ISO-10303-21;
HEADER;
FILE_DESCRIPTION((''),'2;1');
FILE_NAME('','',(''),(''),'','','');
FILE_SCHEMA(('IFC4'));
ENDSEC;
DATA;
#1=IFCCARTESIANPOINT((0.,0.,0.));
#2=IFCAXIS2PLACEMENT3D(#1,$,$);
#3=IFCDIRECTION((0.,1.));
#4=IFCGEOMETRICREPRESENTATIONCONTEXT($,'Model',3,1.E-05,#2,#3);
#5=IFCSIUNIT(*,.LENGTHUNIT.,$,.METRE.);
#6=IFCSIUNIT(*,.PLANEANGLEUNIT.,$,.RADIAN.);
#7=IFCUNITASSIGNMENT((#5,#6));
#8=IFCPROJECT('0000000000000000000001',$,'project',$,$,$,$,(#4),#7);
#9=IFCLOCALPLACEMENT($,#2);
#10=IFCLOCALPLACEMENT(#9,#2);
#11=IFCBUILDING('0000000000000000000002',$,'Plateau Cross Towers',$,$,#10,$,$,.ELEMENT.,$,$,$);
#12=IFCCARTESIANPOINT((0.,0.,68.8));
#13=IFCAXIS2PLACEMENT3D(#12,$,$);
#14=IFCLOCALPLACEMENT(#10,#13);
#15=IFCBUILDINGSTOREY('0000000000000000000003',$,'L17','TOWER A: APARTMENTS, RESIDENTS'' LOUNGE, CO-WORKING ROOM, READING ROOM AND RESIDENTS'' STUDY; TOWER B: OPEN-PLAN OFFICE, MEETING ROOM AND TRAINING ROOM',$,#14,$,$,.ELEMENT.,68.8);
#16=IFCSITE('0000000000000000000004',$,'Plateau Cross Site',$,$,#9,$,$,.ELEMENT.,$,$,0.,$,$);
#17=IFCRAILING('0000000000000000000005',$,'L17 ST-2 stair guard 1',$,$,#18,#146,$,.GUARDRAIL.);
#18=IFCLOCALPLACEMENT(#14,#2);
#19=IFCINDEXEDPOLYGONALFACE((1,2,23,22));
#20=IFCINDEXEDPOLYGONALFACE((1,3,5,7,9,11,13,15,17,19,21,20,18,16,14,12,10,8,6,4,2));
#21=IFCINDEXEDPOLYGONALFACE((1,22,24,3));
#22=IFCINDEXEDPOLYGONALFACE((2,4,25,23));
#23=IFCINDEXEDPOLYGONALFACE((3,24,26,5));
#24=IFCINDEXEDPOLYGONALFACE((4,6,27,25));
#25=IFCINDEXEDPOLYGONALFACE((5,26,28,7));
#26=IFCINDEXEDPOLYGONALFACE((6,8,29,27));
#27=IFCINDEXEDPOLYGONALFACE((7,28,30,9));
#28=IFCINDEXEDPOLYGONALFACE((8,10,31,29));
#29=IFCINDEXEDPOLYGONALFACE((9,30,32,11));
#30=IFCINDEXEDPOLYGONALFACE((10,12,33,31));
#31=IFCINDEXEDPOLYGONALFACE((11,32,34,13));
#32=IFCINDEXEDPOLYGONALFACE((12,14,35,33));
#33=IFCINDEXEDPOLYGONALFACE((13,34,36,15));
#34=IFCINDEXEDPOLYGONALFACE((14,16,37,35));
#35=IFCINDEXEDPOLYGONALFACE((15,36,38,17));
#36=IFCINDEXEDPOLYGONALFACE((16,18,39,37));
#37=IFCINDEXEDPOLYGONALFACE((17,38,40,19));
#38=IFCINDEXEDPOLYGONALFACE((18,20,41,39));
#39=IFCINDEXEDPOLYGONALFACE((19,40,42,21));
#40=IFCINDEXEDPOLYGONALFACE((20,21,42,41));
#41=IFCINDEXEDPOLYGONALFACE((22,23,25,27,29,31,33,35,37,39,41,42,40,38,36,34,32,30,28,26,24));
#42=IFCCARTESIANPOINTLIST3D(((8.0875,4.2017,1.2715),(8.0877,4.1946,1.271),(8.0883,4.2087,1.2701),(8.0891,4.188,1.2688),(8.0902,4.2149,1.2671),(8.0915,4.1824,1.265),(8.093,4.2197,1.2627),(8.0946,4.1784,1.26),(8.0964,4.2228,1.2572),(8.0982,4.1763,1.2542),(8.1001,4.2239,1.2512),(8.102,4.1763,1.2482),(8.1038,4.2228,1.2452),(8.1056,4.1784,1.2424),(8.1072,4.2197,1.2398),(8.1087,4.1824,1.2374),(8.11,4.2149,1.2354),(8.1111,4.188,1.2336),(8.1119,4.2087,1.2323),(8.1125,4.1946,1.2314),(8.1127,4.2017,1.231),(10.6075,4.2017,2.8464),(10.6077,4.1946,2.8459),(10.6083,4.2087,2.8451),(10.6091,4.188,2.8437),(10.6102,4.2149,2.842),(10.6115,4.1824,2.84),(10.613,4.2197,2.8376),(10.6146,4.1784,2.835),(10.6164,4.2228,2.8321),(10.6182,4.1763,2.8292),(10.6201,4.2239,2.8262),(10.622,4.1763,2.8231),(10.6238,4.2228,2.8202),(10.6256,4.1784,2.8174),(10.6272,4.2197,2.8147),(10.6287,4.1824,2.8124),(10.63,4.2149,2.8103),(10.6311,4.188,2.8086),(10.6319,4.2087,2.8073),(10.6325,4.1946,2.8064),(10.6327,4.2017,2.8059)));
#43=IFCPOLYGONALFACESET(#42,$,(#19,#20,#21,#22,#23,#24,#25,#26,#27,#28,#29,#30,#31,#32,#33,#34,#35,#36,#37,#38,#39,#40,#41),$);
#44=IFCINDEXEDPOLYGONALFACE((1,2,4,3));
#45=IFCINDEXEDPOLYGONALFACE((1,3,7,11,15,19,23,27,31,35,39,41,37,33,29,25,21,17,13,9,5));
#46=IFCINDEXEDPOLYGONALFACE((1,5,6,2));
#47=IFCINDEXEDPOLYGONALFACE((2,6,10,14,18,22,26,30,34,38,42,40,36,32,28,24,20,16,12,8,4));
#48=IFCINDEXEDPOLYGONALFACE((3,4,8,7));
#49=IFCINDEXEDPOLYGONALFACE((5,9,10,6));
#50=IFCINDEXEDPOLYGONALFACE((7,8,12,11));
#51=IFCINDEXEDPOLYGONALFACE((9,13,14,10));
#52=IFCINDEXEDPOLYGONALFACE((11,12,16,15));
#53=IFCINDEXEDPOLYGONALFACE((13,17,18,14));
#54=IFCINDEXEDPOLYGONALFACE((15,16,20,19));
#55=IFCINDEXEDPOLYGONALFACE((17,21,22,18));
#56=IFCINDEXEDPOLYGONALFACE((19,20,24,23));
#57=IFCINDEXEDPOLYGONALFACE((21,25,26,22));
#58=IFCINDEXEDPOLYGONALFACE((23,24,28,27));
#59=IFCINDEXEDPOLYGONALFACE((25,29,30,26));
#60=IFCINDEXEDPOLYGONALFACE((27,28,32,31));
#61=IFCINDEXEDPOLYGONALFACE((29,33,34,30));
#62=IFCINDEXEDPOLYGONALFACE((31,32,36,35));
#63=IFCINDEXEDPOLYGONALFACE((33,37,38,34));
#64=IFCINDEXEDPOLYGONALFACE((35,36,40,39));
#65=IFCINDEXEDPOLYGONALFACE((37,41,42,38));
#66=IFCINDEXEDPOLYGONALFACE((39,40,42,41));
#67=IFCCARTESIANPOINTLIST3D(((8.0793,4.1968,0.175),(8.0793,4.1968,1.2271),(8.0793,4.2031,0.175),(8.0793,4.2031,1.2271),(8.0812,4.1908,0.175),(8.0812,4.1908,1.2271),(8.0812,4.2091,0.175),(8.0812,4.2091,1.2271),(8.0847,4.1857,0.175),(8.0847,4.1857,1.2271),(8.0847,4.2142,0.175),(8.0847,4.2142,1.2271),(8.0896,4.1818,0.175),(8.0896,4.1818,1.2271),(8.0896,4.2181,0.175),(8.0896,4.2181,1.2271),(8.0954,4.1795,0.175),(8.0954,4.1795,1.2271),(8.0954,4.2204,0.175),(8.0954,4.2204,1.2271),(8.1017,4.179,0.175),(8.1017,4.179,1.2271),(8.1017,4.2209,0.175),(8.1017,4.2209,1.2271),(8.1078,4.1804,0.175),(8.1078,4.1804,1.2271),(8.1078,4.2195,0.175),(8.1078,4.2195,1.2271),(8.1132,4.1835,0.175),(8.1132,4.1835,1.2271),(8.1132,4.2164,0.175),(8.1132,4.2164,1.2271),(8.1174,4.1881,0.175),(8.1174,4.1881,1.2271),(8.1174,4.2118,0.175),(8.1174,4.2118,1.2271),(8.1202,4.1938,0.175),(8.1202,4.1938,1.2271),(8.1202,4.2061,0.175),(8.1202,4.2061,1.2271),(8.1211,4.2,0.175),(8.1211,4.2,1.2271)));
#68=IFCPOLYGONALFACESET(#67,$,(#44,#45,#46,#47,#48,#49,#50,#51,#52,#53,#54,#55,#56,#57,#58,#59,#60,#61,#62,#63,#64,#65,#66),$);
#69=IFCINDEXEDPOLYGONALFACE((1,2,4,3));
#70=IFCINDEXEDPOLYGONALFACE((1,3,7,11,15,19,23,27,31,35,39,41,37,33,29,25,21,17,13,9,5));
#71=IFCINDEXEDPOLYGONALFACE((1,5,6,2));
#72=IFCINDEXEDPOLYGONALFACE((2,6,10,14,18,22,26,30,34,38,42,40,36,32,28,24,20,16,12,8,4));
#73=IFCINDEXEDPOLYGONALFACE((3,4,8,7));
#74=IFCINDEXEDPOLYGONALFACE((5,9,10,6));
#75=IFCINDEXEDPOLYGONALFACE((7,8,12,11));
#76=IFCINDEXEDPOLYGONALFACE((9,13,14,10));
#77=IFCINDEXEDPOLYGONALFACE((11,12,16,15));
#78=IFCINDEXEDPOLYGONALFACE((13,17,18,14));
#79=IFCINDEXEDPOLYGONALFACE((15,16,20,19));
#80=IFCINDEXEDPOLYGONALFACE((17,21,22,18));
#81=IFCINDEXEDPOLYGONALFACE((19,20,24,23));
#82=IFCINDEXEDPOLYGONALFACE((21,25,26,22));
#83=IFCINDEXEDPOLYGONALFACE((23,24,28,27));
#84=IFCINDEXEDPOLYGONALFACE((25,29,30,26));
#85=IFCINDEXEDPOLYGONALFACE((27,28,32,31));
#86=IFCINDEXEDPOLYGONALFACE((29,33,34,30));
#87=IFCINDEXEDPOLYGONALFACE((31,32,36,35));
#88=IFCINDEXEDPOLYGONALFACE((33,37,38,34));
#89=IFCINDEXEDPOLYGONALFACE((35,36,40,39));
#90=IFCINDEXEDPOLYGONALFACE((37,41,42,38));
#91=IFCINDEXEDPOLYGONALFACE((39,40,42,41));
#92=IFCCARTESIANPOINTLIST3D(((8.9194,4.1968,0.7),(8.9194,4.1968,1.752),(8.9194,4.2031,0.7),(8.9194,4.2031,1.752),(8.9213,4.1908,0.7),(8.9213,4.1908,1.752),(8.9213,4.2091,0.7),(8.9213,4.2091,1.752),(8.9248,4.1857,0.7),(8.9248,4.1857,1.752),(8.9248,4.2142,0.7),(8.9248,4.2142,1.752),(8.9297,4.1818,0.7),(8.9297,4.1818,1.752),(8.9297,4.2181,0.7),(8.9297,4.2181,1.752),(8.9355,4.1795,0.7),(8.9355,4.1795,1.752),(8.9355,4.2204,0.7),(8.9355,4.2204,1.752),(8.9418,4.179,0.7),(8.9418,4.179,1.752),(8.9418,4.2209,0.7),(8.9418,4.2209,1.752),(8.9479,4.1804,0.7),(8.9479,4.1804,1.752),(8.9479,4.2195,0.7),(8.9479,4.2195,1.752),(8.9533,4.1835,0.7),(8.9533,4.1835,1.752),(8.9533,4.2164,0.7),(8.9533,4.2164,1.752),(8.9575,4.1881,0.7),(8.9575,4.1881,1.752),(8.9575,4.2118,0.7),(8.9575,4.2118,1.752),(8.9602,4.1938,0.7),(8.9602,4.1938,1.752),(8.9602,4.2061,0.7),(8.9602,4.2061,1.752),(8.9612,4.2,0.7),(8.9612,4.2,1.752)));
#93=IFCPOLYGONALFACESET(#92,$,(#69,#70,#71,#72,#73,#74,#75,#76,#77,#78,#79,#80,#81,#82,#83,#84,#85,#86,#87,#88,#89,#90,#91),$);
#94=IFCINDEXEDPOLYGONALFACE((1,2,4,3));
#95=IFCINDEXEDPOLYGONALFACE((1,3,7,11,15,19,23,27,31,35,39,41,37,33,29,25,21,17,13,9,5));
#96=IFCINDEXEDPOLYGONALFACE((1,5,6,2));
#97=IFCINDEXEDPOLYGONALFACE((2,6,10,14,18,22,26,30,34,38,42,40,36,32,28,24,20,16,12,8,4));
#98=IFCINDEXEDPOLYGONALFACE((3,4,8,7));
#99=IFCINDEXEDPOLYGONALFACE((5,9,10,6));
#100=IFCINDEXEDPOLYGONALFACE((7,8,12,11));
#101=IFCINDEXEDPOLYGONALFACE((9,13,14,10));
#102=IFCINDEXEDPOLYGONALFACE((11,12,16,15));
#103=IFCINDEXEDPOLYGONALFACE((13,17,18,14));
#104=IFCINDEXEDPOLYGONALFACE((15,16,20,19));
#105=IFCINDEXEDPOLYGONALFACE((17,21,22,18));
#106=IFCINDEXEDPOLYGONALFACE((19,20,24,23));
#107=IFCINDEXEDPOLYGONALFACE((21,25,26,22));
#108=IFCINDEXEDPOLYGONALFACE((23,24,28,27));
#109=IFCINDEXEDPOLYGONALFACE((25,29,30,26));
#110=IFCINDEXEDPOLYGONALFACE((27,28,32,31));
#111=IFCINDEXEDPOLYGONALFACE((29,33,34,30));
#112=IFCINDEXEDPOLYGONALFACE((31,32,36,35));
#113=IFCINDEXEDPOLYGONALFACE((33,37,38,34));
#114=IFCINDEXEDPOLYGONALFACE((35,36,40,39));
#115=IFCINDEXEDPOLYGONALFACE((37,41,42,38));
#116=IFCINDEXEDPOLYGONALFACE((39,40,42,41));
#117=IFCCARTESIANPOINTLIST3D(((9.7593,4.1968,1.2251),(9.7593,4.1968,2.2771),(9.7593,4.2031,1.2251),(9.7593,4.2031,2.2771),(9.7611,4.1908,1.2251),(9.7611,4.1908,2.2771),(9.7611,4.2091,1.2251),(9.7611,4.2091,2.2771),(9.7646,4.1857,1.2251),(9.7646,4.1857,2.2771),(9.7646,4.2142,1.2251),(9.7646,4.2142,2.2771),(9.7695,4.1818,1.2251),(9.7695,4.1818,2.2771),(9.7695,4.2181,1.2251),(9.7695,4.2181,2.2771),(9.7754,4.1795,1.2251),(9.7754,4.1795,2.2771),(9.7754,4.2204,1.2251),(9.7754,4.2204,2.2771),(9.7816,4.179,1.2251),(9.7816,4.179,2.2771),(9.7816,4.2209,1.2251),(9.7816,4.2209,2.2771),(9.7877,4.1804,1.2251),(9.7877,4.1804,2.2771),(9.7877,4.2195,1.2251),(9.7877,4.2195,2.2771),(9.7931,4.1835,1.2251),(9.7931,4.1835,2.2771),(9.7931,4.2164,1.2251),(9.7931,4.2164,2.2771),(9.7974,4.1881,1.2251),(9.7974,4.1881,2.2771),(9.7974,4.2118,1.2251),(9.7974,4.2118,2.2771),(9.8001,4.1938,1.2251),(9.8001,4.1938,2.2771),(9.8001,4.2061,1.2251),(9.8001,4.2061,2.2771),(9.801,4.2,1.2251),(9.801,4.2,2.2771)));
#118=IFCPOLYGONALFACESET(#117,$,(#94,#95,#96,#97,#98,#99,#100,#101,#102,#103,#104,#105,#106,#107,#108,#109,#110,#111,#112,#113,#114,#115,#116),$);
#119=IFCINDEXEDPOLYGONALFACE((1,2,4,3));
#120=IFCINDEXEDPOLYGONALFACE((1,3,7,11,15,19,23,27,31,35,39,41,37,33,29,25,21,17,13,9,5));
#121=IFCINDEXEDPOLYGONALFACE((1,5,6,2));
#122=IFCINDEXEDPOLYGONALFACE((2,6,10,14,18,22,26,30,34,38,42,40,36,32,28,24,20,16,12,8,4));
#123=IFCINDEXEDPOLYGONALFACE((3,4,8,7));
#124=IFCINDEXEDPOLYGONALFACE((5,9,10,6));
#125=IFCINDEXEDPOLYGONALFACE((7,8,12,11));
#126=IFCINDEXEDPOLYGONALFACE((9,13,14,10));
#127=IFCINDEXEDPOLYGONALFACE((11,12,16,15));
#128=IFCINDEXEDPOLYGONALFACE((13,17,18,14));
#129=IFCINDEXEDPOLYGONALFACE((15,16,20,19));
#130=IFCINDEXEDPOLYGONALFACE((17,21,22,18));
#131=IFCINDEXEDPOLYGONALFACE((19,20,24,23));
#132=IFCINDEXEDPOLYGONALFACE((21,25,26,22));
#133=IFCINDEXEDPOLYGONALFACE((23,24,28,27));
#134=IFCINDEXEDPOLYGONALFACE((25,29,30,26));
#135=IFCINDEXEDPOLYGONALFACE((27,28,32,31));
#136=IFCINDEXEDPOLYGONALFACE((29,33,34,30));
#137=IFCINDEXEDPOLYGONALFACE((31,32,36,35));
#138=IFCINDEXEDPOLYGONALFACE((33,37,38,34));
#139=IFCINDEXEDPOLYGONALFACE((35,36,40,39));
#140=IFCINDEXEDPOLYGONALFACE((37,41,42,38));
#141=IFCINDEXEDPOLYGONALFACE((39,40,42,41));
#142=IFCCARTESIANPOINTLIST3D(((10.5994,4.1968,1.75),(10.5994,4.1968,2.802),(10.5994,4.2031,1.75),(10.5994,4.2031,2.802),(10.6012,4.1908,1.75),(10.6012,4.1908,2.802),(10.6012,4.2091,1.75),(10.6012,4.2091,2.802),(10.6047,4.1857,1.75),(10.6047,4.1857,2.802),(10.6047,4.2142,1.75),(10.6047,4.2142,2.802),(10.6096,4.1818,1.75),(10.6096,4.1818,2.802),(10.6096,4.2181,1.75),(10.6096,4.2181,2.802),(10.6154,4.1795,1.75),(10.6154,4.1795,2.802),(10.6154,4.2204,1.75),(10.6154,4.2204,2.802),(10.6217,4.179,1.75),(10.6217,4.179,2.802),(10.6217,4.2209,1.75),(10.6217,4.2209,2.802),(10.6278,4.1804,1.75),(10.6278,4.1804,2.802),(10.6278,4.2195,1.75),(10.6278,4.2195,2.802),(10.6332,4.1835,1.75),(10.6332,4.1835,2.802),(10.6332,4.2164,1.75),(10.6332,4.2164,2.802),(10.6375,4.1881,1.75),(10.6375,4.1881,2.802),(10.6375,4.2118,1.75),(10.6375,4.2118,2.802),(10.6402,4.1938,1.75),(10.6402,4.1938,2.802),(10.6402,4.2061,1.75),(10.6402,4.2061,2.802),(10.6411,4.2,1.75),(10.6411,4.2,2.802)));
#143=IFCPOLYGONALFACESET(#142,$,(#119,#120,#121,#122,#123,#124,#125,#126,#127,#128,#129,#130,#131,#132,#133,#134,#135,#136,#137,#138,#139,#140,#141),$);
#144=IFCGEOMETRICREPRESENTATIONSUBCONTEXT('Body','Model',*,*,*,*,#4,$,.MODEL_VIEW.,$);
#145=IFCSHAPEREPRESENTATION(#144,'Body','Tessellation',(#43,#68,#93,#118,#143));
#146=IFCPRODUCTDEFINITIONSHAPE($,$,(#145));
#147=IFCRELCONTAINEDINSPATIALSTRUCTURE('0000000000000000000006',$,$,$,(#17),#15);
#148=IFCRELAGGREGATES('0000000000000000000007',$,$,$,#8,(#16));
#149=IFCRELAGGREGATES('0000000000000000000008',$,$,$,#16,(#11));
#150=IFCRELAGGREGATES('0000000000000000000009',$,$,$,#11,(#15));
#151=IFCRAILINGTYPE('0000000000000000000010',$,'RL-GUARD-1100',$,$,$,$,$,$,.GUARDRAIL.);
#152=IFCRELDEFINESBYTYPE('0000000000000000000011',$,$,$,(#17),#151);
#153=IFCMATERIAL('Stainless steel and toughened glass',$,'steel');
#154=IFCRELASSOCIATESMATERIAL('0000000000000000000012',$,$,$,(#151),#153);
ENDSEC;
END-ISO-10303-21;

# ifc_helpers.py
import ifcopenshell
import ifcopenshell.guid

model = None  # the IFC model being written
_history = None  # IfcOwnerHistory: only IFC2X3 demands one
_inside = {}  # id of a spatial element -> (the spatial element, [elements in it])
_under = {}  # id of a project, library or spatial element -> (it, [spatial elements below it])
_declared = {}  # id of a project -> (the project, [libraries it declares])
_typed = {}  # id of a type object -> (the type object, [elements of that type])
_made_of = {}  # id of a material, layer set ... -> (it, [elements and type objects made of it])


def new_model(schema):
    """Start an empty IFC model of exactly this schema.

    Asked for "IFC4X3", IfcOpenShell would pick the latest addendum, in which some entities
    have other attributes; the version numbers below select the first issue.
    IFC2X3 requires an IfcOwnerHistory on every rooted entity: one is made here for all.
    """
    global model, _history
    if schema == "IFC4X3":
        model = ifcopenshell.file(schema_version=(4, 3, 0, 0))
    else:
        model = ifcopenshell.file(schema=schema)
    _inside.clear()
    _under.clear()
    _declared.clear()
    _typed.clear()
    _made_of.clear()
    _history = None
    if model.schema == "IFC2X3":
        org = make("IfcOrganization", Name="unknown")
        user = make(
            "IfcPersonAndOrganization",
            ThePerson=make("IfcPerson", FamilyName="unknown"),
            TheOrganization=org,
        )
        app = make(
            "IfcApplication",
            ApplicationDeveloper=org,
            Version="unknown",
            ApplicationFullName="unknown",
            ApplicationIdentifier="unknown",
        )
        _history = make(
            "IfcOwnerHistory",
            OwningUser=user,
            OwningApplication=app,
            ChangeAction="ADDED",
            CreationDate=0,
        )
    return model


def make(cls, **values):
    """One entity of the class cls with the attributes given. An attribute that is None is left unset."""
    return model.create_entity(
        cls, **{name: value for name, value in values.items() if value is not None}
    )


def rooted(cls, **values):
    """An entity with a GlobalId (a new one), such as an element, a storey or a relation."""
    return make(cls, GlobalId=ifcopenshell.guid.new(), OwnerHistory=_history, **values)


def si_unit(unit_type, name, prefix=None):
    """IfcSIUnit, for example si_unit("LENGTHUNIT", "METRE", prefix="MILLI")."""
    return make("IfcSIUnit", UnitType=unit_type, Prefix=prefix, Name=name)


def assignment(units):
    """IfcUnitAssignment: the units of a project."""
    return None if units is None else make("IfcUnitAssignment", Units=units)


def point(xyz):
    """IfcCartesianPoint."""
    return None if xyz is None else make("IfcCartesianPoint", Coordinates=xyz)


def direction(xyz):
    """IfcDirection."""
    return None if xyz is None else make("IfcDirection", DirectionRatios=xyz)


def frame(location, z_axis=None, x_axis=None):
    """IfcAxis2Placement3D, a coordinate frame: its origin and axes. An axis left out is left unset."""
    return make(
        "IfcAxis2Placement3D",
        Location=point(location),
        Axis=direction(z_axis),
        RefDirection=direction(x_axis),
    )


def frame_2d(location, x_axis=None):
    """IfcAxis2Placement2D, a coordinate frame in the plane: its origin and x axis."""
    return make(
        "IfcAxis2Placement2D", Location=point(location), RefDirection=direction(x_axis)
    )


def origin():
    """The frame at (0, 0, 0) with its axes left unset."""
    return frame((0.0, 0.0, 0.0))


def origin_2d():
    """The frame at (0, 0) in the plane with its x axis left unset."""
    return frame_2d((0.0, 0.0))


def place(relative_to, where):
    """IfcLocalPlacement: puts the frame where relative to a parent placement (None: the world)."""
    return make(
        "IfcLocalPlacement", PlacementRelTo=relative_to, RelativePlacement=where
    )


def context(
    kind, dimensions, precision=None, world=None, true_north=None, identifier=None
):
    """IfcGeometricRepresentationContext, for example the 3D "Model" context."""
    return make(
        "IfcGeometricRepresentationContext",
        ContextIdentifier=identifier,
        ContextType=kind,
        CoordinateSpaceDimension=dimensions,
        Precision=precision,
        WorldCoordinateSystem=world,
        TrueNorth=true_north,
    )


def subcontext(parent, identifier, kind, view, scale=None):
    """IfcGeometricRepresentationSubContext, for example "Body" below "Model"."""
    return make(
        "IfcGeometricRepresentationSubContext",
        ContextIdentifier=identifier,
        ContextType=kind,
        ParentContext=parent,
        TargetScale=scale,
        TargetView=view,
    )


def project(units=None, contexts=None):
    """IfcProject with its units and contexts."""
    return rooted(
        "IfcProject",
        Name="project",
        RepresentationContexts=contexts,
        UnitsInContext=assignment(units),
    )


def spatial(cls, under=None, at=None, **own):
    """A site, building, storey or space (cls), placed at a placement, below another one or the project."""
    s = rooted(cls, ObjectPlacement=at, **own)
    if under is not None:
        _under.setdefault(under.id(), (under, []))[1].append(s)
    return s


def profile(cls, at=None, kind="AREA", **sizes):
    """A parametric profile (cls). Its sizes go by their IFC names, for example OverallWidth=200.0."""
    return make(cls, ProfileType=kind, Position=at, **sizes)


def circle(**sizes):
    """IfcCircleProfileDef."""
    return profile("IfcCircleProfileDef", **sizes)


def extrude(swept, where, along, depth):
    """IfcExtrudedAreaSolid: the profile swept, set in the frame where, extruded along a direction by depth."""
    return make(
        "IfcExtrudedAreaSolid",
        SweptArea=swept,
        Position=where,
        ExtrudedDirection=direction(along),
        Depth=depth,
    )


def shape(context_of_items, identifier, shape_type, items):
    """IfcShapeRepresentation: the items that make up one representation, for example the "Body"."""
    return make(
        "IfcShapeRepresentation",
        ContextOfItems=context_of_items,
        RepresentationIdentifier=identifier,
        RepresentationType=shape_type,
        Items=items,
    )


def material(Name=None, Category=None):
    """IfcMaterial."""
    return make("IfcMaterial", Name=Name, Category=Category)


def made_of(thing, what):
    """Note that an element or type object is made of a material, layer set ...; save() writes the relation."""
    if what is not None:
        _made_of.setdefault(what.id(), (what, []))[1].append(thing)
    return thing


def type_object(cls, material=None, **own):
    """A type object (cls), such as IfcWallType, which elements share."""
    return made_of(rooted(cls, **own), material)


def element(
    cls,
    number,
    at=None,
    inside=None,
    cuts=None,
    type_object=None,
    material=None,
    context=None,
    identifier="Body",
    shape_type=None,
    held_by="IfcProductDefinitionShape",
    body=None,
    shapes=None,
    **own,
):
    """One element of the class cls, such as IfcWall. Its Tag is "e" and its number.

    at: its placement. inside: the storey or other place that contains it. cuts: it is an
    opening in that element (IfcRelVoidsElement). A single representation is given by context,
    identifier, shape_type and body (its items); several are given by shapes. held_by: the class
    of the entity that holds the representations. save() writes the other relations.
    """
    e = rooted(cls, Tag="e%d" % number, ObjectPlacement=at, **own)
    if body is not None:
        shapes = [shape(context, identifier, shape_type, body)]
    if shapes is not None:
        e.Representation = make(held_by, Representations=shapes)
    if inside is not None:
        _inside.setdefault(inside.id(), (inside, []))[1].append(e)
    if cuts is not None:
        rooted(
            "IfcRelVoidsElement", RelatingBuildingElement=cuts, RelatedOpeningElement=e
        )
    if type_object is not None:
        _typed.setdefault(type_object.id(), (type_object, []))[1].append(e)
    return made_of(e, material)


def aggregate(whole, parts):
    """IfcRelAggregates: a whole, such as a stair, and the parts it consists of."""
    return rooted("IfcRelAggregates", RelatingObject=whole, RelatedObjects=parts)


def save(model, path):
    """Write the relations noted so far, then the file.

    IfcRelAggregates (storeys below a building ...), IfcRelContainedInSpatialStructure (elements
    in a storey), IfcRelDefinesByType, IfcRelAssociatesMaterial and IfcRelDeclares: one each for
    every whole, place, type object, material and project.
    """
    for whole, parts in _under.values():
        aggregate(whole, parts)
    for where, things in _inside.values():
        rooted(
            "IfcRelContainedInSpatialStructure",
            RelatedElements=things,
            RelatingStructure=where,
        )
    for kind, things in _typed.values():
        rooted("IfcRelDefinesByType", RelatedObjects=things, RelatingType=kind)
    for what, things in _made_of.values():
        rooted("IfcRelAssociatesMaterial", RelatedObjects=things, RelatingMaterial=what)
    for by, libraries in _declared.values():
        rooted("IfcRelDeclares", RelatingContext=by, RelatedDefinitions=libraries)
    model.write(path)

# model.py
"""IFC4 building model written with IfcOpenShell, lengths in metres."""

from ifc_helpers import new_model, si_unit, direction, frame, origin, origin_2d, place, context, subcontext, project, spatial, circle, extrude, material, type_object, element, save


model = new_model("IFC4")

# Units and contexts
model_context = context("Model", 3, precision=1e-05, world=origin(), true_north=direction((0.0, 1.0)))
body_context = subcontext(model_context, "Body", "Model", "MODEL_VIEW")
ifc_project = project(units=[si_unit("LENGTHUNIT", "METRE"), si_unit("PLANEANGLEUNIT", "RADIAN")], contexts=[model_context])

# Site, building, storey
site_placement = place(None, origin())
site = spatial("IfcSite", under=ifc_project, at=site_placement, Name="Plateau Cross Site", CompositionType="ELEMENT", RefElevation=0.0)
building_placement = place(site_placement, origin())
building = spatial("IfcBuilding", under=site, at=building_placement, Name="Plateau Cross Towers", CompositionType="ELEMENT")
storey_placement = place(building_placement, frame((0.0, 0.0, 68.8)))
storey = spatial("IfcBuildingStorey", under=building, at=storey_placement, Name="L17", Description="TOWER A: APARTMENTS, RESIDENTS' LOUNGE, CO-WORKING ROOM, READING ROOM AND RESIDENTS' STUDY; TOWER B: OPEN-PLAN OFFICE, MEETING ROOM AND TRAINING ROOM", CompositionType="ELEMENT", Elevation=68.8)

# Railing
ifc_material_1 = material(Name="Stainless steel and toughened glass", Category="steel")
railing_type_1 = type_object("IfcRailingType", Name="RL-GUARD-1100", PredefinedType="GUARDRAIL", material=ifc_material_1)
railing_1_placement = place(storey_placement, frame((8.1001, 4.2, 0.175)))
element("IfcRailing", 1, at=railing_1_placement, inside=storey, type_object=railing_type_1, Name="L17 ST-2 stair guard 1", PredefinedType="GUARDRAIL", context=body_context, shape_type="SweptSolid", body=[
    extrude(circle(Radius=0.0239, at=origin_2d()), frame((0.0, 0.0, 1.0762), z_axis=(0.848008, 0.0, 0.529984), x_axis=(0.0, 1.0, 0.0)), (0.0, 0.0, 1.0), 2.9717),
    extrude(circle(Radius=0.021, at=origin_2d()), origin(), (0.0, 0.0, 1.0), 1.052),
    extrude(circle(Radius=0.021, at=origin_2d()), frame((0.8401, 0.0, 0.5249)), (0.0, 0.0, 1.0), 1.052),
    extrude(circle(Radius=0.021, at=origin_2d()), frame((1.6799, 0.0, 1.05)), (0.0, 0.0, 1.0), 1.052),
    extrude(circle(Radius=0.021, at=origin_2d()), frame((2.52, 0.0, 1.575)), (0.0, 0.0, 1.0), 1.052),
])

save(model, "model.ifc")
